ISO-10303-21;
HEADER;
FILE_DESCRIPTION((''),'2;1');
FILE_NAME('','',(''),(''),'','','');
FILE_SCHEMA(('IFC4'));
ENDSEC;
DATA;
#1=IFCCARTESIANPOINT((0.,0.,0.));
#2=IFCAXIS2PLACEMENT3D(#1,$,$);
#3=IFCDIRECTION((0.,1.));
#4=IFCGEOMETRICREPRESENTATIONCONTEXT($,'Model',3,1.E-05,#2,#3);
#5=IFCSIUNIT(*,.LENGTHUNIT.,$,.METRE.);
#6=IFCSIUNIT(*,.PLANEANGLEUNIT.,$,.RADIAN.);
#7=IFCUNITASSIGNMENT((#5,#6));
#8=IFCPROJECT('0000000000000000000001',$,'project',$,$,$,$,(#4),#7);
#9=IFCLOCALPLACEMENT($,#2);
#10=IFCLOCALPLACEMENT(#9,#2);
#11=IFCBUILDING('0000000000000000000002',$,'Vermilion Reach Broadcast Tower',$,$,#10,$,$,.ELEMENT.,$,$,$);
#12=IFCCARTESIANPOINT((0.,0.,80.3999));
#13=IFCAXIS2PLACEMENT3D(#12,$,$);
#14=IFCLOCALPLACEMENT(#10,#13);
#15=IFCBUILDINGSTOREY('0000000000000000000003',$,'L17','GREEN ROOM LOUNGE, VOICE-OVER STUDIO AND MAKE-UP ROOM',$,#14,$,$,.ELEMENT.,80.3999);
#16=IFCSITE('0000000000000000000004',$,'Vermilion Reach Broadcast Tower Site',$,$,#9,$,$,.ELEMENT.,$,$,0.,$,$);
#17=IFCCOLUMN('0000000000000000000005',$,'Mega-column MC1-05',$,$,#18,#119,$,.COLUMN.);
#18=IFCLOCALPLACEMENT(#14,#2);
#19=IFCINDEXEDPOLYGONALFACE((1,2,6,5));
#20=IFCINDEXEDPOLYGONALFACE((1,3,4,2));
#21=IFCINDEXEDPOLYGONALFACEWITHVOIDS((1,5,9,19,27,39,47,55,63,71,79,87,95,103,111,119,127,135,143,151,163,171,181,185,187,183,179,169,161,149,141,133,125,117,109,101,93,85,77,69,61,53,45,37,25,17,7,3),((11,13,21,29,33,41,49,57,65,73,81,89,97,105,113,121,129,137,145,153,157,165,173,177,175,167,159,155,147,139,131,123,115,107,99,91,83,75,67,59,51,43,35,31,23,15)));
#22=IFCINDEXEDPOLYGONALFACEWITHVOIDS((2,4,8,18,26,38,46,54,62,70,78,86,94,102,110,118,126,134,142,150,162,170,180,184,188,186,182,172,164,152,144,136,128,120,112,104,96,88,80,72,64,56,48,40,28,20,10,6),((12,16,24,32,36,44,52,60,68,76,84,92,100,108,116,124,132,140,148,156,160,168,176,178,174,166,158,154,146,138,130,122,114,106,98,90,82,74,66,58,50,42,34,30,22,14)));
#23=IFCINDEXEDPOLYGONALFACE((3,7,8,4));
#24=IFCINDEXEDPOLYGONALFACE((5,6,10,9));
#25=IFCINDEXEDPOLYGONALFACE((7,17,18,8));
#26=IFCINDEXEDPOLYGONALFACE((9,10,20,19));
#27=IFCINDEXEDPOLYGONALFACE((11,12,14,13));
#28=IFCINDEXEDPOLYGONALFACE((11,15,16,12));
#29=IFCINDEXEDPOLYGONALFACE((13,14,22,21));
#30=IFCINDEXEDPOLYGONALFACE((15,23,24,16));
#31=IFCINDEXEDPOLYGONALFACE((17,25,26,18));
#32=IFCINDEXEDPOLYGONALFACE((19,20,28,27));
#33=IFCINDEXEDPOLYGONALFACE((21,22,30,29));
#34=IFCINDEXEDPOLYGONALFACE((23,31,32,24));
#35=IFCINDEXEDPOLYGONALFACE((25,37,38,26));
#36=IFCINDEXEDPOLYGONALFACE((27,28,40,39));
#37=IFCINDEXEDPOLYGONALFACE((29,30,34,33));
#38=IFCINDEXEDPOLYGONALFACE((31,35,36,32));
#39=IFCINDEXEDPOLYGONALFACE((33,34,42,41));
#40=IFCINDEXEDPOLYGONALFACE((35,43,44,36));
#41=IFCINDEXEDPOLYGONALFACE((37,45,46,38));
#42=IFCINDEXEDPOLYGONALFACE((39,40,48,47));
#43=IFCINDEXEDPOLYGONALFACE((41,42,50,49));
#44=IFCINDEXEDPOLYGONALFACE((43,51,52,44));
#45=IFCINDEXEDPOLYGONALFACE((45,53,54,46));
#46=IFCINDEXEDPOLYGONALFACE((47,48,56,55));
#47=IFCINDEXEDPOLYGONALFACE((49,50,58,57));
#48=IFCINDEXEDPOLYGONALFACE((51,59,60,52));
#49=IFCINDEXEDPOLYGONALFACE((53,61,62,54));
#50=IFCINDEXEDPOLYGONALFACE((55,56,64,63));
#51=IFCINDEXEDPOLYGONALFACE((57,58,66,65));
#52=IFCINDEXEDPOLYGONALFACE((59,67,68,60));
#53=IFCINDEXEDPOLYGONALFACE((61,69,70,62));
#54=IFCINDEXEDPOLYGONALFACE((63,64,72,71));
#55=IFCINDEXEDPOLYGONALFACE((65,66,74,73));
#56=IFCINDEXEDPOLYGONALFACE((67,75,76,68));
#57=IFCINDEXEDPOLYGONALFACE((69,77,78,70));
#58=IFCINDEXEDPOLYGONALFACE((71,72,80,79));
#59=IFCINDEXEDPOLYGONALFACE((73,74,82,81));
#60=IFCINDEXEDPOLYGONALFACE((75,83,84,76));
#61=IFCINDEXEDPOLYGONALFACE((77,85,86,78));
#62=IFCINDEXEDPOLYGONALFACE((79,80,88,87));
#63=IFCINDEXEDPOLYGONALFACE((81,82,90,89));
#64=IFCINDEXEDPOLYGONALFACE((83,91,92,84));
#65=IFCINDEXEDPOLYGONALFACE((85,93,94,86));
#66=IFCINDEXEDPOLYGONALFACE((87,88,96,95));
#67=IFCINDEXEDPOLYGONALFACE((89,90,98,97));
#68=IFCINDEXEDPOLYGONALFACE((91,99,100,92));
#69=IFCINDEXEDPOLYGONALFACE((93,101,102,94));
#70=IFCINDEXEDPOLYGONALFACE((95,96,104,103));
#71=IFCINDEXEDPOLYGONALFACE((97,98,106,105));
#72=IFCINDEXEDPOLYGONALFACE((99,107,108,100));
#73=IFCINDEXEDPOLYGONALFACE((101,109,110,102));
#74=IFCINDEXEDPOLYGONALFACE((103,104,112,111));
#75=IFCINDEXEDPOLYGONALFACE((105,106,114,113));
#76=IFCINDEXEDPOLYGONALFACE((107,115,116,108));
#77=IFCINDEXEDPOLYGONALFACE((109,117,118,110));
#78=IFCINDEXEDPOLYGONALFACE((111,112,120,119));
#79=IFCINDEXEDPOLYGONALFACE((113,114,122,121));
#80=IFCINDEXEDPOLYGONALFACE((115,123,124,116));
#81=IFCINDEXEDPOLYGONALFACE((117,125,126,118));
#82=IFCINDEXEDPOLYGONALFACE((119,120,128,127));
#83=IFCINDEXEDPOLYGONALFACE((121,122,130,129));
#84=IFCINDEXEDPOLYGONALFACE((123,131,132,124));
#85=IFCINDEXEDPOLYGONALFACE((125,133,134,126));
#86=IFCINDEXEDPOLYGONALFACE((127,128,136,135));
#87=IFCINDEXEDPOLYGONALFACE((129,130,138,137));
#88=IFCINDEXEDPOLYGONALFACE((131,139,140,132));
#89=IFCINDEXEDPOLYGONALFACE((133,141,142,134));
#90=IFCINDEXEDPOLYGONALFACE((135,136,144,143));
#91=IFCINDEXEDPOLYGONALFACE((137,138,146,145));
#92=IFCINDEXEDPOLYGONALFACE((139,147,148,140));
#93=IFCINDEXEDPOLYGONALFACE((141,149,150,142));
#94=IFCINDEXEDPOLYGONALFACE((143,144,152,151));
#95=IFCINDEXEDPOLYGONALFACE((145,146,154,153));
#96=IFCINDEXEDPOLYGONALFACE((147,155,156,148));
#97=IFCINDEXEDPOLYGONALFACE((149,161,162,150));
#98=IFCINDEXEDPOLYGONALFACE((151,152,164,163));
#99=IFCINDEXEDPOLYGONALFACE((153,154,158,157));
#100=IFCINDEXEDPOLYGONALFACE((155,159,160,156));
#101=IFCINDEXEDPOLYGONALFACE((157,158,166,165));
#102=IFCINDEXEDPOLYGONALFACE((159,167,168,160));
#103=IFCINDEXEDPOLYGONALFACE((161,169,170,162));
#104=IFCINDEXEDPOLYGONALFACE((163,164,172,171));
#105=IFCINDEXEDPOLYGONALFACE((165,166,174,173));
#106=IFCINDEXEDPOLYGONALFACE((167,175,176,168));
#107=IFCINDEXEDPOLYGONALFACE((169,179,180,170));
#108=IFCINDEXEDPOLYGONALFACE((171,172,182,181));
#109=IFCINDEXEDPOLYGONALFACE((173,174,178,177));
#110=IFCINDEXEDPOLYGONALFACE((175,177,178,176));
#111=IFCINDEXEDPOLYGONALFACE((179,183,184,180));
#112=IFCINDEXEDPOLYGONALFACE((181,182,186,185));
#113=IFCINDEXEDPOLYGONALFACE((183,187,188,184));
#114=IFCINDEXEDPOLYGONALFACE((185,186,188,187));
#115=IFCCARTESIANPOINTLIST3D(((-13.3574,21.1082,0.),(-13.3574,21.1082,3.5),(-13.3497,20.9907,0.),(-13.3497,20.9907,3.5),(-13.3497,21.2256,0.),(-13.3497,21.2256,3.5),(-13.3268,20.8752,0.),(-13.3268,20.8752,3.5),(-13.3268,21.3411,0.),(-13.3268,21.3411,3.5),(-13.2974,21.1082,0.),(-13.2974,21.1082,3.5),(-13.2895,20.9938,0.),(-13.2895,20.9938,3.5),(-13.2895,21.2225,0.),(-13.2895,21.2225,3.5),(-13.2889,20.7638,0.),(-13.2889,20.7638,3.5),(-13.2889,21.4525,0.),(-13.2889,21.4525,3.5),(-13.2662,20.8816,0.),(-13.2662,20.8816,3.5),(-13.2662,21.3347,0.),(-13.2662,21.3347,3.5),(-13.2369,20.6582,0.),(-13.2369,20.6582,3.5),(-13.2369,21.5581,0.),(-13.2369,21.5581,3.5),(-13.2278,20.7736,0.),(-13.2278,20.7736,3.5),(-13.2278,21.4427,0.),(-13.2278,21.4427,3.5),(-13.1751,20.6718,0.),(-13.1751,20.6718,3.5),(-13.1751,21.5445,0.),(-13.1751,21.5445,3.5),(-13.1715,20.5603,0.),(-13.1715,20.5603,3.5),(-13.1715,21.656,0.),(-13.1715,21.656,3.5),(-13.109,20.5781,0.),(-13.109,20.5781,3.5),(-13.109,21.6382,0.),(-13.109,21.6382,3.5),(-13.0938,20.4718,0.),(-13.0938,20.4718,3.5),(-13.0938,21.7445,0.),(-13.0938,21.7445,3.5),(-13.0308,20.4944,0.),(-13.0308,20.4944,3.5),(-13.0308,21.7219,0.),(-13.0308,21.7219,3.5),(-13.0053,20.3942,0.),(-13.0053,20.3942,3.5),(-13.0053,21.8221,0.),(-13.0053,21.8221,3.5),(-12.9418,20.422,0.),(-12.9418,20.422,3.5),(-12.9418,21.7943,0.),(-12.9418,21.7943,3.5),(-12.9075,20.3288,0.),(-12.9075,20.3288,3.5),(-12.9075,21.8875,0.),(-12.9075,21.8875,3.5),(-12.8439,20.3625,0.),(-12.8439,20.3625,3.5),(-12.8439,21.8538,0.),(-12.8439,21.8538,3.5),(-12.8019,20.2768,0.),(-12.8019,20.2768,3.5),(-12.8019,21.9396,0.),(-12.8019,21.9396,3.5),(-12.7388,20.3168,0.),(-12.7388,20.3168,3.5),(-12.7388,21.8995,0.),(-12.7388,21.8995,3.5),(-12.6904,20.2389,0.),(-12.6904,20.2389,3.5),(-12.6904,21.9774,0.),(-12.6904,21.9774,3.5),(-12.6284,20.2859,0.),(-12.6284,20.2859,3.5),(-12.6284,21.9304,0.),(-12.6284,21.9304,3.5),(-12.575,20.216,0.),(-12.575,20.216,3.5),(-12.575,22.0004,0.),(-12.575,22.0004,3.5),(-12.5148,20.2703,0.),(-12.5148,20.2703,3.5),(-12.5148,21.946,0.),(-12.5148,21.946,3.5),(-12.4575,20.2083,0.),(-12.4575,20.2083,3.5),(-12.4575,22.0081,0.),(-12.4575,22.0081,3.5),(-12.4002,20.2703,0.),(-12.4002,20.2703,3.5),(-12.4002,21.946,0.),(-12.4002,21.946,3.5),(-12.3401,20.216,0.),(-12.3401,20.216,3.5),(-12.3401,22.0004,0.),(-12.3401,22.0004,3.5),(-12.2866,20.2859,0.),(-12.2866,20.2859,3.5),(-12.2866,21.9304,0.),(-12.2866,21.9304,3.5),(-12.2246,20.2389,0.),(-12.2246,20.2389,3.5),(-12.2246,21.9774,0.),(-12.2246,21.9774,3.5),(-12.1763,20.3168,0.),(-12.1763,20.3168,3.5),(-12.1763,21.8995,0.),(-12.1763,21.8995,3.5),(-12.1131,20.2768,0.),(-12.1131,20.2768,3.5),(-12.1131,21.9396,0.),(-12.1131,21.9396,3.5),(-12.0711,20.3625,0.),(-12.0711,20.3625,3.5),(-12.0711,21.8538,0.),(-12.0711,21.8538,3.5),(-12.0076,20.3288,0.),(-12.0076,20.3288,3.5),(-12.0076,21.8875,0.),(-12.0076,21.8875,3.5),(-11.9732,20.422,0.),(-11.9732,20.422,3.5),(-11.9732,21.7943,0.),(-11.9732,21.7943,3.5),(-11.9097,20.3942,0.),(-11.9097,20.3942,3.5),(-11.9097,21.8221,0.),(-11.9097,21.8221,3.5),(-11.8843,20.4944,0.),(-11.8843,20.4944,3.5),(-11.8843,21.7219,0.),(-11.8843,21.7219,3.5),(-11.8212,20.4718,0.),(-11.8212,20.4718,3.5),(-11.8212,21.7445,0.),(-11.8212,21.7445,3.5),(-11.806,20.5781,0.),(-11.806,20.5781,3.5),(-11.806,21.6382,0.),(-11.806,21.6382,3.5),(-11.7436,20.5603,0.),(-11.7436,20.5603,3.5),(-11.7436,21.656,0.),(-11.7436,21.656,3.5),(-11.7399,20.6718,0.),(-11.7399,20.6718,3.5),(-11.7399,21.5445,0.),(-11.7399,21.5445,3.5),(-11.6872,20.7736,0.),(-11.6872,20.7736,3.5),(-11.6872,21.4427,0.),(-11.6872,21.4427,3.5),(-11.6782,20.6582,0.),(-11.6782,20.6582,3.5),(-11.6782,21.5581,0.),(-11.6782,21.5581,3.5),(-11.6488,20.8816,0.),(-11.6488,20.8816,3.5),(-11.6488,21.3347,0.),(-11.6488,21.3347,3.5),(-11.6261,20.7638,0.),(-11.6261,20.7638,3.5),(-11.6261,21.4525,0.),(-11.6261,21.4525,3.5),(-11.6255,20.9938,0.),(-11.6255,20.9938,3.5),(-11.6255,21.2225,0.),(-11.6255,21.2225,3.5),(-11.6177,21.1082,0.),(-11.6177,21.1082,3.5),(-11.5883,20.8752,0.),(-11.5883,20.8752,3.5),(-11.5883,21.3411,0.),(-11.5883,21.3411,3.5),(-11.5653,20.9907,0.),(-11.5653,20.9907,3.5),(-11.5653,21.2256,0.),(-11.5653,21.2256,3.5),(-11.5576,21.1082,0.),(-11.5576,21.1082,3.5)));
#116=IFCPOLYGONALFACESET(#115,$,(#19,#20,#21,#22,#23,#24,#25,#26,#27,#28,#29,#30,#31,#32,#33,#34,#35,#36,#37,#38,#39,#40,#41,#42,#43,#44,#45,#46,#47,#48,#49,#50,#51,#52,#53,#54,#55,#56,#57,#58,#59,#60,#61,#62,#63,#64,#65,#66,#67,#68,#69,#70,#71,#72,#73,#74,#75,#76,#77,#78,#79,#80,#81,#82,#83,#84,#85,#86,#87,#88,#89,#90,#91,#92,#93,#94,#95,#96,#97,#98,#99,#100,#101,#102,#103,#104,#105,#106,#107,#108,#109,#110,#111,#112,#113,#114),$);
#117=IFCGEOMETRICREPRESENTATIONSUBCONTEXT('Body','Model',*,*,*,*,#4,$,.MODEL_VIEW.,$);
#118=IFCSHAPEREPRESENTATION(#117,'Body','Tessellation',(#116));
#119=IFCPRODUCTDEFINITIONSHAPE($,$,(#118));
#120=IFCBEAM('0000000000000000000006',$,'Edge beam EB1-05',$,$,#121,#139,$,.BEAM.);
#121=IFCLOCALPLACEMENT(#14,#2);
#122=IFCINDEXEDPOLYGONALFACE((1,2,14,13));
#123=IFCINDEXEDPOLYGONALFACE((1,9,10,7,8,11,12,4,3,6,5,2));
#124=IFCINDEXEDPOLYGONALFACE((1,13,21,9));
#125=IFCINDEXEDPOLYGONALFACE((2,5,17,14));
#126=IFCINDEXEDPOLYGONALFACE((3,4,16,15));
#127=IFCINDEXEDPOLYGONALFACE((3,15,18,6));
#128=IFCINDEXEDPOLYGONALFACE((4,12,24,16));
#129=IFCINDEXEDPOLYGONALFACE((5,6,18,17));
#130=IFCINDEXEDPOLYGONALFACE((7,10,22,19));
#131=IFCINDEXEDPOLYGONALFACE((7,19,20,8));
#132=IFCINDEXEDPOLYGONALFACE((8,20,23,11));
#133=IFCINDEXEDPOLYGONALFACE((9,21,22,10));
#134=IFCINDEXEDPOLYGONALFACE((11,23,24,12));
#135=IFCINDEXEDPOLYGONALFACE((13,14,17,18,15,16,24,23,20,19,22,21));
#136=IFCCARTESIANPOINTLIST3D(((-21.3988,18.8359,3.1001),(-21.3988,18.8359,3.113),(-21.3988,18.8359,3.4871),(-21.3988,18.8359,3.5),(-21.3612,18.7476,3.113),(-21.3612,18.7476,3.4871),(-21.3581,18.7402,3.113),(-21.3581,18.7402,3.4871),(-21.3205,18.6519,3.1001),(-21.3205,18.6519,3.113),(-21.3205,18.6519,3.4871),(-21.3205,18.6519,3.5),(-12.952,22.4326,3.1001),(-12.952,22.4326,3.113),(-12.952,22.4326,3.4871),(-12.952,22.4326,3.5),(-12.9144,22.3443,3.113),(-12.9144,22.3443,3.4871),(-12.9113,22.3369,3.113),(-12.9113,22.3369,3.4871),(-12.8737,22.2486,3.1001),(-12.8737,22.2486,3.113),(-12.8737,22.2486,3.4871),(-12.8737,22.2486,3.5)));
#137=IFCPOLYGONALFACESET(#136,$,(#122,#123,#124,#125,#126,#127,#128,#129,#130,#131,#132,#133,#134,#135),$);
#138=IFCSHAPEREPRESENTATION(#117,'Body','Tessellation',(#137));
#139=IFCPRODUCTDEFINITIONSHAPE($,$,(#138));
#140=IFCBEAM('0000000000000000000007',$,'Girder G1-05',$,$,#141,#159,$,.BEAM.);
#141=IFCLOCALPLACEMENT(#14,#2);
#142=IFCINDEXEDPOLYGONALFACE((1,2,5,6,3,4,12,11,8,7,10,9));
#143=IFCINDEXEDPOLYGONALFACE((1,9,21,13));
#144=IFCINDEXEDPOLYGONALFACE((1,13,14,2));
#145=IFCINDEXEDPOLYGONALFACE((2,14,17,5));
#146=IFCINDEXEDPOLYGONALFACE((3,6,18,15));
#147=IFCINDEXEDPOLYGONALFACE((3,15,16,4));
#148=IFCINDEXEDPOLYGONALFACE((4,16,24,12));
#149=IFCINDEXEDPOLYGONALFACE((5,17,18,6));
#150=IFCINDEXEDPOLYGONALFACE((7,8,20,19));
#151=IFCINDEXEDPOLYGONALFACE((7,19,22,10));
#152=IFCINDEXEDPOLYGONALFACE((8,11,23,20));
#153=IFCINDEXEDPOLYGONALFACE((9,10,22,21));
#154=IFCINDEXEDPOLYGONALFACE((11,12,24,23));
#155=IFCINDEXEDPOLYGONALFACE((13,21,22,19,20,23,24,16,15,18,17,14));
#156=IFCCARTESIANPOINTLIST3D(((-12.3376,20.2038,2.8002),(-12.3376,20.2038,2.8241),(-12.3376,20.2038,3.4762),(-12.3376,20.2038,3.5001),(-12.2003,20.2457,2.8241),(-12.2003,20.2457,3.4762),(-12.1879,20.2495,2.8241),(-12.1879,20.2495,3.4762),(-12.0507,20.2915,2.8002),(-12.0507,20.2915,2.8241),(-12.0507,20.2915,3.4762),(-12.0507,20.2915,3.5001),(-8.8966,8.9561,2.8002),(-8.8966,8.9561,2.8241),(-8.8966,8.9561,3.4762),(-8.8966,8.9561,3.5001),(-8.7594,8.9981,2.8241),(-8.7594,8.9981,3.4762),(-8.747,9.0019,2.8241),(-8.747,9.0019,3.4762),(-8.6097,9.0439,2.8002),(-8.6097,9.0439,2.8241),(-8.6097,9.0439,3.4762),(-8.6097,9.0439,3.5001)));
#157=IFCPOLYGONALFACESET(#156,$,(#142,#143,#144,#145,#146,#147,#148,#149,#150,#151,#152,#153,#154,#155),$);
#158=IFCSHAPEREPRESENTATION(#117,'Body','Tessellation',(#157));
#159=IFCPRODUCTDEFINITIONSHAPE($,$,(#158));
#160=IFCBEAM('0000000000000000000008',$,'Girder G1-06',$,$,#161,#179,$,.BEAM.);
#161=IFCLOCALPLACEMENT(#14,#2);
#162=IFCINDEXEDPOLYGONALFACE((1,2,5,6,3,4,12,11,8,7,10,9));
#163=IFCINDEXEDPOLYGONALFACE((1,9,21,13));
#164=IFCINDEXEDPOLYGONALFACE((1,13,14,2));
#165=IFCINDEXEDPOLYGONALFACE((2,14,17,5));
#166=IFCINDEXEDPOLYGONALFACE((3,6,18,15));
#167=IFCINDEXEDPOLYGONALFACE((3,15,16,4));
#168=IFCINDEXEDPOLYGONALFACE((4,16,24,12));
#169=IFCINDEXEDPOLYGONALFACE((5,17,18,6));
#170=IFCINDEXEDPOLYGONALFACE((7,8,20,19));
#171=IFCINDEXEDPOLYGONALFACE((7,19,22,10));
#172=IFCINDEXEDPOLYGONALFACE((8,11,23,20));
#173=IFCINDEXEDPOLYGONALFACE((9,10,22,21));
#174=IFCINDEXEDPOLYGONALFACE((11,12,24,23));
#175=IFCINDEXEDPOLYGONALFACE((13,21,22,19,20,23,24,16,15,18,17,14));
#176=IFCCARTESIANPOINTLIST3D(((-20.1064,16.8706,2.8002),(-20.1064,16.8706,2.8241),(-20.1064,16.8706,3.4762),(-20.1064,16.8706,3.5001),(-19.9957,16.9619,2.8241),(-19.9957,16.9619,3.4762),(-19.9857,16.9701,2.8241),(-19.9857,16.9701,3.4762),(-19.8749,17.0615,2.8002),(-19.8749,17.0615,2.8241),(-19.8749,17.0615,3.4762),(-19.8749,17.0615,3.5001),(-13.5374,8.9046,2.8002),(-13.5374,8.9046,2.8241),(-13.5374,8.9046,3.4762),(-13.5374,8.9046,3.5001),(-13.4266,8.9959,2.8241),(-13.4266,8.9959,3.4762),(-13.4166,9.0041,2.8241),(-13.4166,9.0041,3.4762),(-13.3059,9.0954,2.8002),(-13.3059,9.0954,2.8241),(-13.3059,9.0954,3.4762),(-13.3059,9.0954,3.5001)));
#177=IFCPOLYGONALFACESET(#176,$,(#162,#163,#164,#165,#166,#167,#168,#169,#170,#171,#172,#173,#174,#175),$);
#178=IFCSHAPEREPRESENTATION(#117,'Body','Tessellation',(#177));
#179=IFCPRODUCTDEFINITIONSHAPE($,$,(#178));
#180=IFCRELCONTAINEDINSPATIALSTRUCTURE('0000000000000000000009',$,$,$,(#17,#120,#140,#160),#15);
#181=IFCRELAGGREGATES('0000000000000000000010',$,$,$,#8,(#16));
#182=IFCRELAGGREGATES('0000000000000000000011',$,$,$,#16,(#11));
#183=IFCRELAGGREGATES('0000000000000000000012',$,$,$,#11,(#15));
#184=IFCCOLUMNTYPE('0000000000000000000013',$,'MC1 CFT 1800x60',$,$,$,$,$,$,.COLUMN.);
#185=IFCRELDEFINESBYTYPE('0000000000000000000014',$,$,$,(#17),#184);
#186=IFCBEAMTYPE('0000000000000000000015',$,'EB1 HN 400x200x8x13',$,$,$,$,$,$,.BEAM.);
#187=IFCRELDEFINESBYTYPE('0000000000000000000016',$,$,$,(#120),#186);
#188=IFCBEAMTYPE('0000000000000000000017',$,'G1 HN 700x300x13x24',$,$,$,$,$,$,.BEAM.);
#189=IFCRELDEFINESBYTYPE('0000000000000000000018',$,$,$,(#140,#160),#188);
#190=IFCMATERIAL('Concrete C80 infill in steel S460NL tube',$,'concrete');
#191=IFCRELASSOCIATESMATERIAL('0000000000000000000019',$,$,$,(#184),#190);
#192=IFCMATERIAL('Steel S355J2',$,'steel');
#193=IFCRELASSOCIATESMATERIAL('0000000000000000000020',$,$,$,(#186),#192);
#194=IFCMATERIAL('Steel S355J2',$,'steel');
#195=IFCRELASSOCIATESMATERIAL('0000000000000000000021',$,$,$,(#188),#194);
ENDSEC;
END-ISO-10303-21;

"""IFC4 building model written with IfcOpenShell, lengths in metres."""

from ifc_helpers import new_model, si_unit, direction, frame, origin, origin_2d, place, context, subcontext, project, spatial, hollow_circle, i_section, extrude, material, material_profile, profile_set, type_object, element, save


model = new_model("IFC4")

# Units and contexts
model_context = context("Model", 3, precision=1e-05, world=origin(), true_north=direction((0.0, 1.0)))
body_context = subcontext(model_context, "Body", "Model", "MODEL_VIEW")
ifc_project = project(units=[si_unit("LENGTHUNIT", "METRE"), si_unit("PLANEANGLEUNIT", "RADIAN")], contexts=[model_context])

# Site, building, storey
site_placement = place(None, origin())
site = spatial("IfcSite", under=ifc_project, at=site_placement, Name="Vermilion Reach Broadcast Tower Site", CompositionType="ELEMENT", RefElevation=0.0)
building_placement = place(site_placement, origin())
building = spatial("IfcBuilding", under=site, at=building_placement, Name="Vermilion Reach Broadcast Tower", CompositionType="ELEMENT")
storey_placement = place(building_placement, frame((0.0, 0.0, 80.3999)))
storey = spatial("IfcBuildingStorey", under=building, at=storey_placement, Name="L17", Description="GREEN ROOM LOUNGE, VOICE-OVER STUDIO AND MAKE-UP ROOM", CompositionType="ELEMENT", Elevation=80.3999)

# Column
ifc_material_1 = material(Name="Concrete C80 infill in steel S460NL tube", Category="concrete")
ifc_material_profile_1 = material_profile(ifc_material_1, hollow_circle(Radius=0.8999, WallThickness=0.0601, at=origin_2d()), Name="Concrete C80 infill in steel S460NL tube CFT 1800x60")
ifc_profile_set_1 = profile_set([ifc_material_profile_1], Name="Concrete C80 infill in steel S460NL tube")
column_type = type_object("IfcColumnType", Name="MC1 CFT 1800x60", PredefinedType="COLUMN", material=ifc_profile_set_1)
column_placement = place(storey_placement, frame((-12.4575, 21.1082, 0.0), z_axis=(0.0, 0.0, 1.0), x_axis=(1.0, 0.0, 0.0)))
element("IfcColumn", 1, at=column_placement, inside=storey, type_object=column_type, Name="Mega-column MC1-05", PredefinedType="COLUMN", context=body_context, shape_type="SweptSolid", body=[
    extrude(hollow_circle(Radius=0.8999, WallThickness=0.0601, at=origin_2d()), origin(), (0.0, 0.0, 1.0), 3.5),
])

# Beams
ifc_material_2 = material(Name="Steel S355J2", Category="steel")
ifc_material_profile_2 = material_profile(ifc_material_2, i_section(OverallWidth=0.2, OverallDepth=0.3999, WebThickness=0.0081, FlangeThickness=0.0129, at=origin_2d()), Name="S355J2 HN 400x200x8x13")
ifc_profile_set_2 = profile_set([ifc_material_profile_2], Name="Steel S355J2")
beam_type_1 = type_object("IfcBeamType", Name="EB1 HN 400x200x8x13", PredefinedType="BEAM", material=ifc_profile_set_2)
beam_1_placement = place(storey_placement, frame((-12.9128, 22.3406, 3.3), z_axis=(-0.920064, -0.391768, 0.0), x_axis=(0.391768, -0.920064, 0.0)))
element("IfcBeam", 2, at=beam_1_placement, inside=storey, type_object=beam_type_1, Name="Edge beam EB1-05", PredefinedType="BEAM", context=body_context, shape_type="SweptSolid", body=[
    extrude(i_section(OverallWidth=0.2, OverallDepth=0.3999, WebThickness=0.0081, FlangeThickness=0.0129, at=origin_2d()), origin(), (0.0, 0.0, 1.0), 9.1807),
])
ifc_material_3 = material(Name="Steel S355J2", Category="steel")
ifc_material_profile_3 = material_profile(ifc_material_3, i_section(OverallWidth=0.3, OverallDepth=0.7, WebThickness=0.0129, FlangeThickness=0.0239, at=origin_2d()), Name="S355J2 HN 700x300x13x24")
ifc_profile_set_3 = profile_set([ifc_material_profile_3], Name="Steel S355J2")
beam_type_2 = type_object("IfcBeamType", Name="G1 HN 700x300x13x24", PredefinedType="BEAM", material=ifc_profile_set_3)
beam_2_placement = place(storey_placement, frame((-8.7532, 9.0, 3.1501), z_axis=(-0.292542, 0.956253, 0.0), x_axis=(-0.956253, -0.292542, 0.0)))
element("IfcBeam", 3, at=beam_2_placement, inside=storey, type_object=beam_type_2, Name="Girder G1-05", PredefinedType="BEAM", context=body_context, shape_type="SweptSolid", body=[
    extrude(i_section(OverallWidth=0.3, OverallDepth=0.7, WebThickness=0.0129, FlangeThickness=0.0239, at=origin_2d()), origin(), (0.0, 0.0, 1.0), 11.7622),
])
beam_3_placement = place(storey_placement, frame((-13.4216, 9.0, 3.1501), z_axis=(-0.636215, 0.771512, 0.0), x_axis=(-0.771512, -0.636215, 0.0)))
element("IfcBeam", 4, at=beam_3_placement, inside=storey, type_object=beam_type_2, Name="Girder G1-06", PredefinedType="BEAM", context=body_context, shape_type="SweptSolid", body=[
    extrude(i_section(OverallWidth=0.3, OverallDepth=0.7, WebThickness=0.0129, FlangeThickness=0.0239, at=origin_2d()), origin(), (0.0, 0.0, 1.0), 10.3252),
])

save(model, "model.ifc")
